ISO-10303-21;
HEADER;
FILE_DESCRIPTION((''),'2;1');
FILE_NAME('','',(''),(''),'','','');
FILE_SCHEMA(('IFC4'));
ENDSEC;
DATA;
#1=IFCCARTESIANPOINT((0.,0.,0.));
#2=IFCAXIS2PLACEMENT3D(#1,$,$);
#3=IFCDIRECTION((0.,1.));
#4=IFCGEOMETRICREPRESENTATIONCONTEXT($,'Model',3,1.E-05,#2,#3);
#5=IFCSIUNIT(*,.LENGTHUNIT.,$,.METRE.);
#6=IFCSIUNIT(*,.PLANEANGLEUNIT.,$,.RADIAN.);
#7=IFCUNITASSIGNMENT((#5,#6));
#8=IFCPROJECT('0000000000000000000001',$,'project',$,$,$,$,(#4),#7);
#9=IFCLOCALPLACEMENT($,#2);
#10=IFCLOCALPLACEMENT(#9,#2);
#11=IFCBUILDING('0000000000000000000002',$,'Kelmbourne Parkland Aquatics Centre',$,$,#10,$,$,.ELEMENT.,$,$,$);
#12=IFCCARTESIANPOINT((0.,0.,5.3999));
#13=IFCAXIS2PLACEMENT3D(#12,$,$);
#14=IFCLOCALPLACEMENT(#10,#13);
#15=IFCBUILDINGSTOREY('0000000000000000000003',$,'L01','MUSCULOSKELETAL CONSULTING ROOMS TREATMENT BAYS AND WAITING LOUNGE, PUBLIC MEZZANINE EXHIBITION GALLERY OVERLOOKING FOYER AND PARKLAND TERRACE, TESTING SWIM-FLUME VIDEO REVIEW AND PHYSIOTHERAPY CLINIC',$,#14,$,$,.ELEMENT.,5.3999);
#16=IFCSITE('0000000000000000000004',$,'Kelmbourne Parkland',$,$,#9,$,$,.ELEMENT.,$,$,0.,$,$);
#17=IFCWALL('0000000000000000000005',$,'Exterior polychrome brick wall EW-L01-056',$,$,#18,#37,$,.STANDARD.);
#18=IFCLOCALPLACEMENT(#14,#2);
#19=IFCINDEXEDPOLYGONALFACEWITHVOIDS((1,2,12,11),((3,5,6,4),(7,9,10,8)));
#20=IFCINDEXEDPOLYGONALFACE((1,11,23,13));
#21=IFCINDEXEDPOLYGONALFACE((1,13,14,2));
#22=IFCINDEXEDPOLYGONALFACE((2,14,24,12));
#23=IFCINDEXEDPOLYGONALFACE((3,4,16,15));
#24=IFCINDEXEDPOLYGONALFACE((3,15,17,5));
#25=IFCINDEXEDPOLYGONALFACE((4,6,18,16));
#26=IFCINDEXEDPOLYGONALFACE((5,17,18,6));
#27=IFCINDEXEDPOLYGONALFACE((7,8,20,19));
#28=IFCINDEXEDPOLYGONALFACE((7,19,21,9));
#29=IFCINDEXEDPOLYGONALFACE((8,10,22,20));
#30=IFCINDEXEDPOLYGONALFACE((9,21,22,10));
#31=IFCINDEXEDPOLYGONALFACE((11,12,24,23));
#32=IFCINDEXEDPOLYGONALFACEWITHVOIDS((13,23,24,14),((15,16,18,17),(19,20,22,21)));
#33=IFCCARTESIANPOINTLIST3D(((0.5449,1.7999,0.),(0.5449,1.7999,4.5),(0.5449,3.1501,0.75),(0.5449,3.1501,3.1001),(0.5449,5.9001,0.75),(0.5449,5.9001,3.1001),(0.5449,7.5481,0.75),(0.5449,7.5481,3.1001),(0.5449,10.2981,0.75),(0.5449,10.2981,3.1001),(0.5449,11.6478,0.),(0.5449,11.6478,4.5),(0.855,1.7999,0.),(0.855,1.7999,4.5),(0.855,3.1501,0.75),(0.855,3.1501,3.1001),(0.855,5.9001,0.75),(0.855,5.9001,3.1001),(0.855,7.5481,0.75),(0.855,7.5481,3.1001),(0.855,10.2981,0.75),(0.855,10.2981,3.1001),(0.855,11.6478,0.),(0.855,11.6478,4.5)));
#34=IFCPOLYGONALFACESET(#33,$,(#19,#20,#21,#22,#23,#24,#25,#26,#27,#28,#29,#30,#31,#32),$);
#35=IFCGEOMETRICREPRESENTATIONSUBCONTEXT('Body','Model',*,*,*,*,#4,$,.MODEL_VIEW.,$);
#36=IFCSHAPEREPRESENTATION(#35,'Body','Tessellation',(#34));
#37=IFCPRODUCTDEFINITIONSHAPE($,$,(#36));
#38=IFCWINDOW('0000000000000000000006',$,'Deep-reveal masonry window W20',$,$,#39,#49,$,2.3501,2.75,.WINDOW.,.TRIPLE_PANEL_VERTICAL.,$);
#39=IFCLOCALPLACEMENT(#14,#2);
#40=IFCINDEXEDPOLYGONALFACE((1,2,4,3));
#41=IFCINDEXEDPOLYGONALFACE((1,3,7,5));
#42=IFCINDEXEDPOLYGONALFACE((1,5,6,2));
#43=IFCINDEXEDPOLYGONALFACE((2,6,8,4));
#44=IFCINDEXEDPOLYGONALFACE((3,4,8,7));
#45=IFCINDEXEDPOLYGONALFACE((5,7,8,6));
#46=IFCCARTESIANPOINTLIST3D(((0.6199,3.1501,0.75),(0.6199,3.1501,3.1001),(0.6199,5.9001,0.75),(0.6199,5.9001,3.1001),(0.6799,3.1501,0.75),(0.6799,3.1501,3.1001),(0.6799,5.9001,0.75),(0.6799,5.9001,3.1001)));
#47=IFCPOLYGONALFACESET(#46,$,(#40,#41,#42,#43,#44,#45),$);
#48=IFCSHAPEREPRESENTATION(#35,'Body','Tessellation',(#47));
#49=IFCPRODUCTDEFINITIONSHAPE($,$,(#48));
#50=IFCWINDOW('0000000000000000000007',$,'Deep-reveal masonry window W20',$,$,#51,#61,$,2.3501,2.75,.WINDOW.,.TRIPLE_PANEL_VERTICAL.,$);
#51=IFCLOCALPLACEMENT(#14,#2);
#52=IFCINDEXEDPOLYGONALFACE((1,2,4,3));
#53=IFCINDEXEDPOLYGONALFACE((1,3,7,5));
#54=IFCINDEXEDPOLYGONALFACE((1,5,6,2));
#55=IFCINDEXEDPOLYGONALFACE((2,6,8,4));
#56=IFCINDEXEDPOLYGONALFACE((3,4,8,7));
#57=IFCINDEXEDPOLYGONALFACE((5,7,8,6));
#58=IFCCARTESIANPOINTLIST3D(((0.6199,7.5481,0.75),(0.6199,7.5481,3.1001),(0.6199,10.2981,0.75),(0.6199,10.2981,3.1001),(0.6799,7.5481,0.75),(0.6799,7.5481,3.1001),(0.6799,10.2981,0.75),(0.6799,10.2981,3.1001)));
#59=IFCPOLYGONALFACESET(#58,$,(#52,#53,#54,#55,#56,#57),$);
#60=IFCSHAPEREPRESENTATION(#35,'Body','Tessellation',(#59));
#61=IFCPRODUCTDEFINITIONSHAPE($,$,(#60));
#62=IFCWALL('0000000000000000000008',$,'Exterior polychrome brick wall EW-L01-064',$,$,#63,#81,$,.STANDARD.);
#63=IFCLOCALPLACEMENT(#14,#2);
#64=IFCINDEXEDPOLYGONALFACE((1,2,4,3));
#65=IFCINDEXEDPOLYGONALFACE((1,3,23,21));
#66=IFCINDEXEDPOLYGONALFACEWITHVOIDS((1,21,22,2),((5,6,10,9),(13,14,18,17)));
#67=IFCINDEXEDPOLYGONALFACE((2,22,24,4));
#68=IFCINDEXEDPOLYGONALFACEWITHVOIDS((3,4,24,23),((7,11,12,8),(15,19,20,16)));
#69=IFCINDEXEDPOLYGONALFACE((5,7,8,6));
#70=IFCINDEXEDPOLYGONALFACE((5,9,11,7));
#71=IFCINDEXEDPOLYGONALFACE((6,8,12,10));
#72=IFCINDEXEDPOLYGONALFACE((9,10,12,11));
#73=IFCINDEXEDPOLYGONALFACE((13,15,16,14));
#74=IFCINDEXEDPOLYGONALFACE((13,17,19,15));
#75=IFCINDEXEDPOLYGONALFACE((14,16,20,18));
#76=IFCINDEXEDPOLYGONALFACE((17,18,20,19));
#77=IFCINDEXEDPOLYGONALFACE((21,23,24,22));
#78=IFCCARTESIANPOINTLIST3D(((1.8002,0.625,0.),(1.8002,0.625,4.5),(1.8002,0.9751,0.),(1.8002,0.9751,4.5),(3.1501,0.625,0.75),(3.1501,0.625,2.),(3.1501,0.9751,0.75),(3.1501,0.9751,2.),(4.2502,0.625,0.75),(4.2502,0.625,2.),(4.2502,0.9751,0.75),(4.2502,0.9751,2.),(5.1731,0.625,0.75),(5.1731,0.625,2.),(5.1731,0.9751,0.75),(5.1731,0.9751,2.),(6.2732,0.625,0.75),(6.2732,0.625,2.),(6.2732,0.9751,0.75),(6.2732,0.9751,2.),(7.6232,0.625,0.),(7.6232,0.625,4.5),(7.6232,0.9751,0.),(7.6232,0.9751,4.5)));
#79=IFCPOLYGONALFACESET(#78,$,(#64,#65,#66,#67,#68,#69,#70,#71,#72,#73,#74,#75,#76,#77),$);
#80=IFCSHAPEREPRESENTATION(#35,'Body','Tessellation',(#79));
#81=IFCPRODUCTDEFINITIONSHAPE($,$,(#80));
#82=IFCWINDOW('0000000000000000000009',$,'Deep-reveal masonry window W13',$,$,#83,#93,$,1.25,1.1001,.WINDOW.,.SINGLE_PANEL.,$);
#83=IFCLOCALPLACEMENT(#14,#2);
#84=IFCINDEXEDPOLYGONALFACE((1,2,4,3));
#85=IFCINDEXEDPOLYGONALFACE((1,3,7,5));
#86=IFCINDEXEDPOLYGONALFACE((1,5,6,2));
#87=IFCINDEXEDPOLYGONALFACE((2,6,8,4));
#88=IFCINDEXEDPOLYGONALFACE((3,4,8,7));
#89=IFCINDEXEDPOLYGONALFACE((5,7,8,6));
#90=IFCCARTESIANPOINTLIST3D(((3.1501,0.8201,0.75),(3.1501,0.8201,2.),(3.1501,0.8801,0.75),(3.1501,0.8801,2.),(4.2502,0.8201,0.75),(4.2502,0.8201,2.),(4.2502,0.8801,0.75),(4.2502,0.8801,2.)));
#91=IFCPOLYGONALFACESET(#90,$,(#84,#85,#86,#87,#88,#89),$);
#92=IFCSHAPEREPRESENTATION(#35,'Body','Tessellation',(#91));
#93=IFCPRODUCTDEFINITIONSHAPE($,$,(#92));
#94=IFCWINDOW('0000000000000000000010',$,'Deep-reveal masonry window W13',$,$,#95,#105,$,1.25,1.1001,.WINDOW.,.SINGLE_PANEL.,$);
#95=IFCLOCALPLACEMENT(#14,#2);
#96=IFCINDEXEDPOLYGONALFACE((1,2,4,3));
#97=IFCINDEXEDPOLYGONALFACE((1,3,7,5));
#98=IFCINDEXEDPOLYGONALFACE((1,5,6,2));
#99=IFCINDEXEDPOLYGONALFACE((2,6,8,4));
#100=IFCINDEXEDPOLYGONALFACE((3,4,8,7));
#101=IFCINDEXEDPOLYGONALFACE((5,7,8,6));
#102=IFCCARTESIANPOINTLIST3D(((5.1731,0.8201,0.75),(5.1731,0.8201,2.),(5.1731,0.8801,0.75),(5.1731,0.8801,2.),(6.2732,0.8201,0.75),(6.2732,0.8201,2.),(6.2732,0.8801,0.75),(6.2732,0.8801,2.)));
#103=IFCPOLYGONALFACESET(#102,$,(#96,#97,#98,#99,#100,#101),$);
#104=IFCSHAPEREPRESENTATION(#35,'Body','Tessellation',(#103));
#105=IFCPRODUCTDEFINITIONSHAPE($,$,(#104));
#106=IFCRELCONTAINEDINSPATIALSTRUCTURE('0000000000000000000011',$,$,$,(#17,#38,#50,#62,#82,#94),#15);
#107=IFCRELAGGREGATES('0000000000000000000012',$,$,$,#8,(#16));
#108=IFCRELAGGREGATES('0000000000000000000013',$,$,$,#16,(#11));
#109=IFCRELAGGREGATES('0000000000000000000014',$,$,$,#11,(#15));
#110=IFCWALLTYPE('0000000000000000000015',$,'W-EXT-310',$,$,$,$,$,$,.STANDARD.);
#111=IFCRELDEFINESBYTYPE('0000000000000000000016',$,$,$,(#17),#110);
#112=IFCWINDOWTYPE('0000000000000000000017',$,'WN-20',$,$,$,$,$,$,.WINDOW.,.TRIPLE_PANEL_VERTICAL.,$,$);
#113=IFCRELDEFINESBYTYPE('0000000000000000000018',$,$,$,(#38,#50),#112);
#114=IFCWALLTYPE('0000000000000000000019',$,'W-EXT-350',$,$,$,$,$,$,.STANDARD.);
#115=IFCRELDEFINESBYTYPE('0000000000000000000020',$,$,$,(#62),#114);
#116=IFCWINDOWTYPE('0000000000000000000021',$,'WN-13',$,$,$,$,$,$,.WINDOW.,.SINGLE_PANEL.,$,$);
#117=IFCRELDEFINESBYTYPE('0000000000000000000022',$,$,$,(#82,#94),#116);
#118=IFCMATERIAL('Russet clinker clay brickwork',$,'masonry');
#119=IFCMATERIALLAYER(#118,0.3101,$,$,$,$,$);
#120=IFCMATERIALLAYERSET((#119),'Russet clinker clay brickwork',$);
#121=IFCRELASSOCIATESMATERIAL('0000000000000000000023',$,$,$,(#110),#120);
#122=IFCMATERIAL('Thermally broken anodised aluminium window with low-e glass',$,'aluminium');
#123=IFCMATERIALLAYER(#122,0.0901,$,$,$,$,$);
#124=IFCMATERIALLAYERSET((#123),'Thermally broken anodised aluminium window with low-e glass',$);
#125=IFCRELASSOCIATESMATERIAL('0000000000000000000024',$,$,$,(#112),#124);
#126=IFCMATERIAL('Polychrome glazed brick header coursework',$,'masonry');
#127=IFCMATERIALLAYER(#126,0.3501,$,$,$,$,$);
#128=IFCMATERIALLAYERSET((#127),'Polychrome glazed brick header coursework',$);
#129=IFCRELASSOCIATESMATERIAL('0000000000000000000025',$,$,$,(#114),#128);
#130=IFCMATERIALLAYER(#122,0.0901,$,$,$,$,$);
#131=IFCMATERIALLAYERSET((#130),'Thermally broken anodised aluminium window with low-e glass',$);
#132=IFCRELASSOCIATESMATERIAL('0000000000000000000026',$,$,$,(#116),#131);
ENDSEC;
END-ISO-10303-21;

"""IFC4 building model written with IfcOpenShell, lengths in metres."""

from ifc_helpers import new_model, si_unit, direction, frame, frame_2d, origin, place, context, subcontext, project, spatial, rectangle, extrude, material, layer, layer_set, type_object, element, fill, save


model = new_model("IFC4")

# Units and contexts
model_context = context("Model", 3, precision=1e-05, world=origin(), true_north=direction((0.0, 1.0)))
body_context = subcontext(model_context, "Body", "Model", "MODEL_VIEW")
ifc_project = project(units=[si_unit("LENGTHUNIT", "METRE"), si_unit("PLANEANGLEUNIT", "RADIAN")], contexts=[model_context])

# Site, building, storey
site_placement = place(None, origin())
site = spatial("IfcSite", under=ifc_project, at=site_placement, Name="Kelmbourne Parkland", CompositionType="ELEMENT", RefElevation=0.0)
building_placement = place(site_placement, origin())
building = spatial("IfcBuilding", under=site, at=building_placement, Name="Kelmbourne Parkland Aquatics Centre", CompositionType="ELEMENT")
storey_placement = place(building_placement, frame((0.0, 0.0, 5.3999)))
storey = spatial("IfcBuildingStorey", under=building, at=storey_placement, Name="L01", Description="MUSCULOSKELETAL CONSULTING ROOMS TREATMENT BAYS AND WAITING LOUNGE, PUBLIC MEZZANINE EXHIBITION GALLERY OVERLOOKING FOYER AND PARKLAND TERRACE, TESTING SWIM-FLUME VIDEO REVIEW AND PHYSIOTHERAPY CLINIC", CompositionType="ELEMENT", Elevation=5.3999)

# Walls, openings, windows
ifc_material_1 = material(Name="Russet clinker clay brickwork", Category="masonry")
ifc_layer_1 = layer(ifc_material_1, 0.3101)
ifc_layer_set_1 = layer_set([ifc_layer_1], Name="Russet clinker clay brickwork")
wall_type_1 = type_object("IfcWallType", Name="W-EXT-310", PredefinedType="STANDARD", material=ifc_layer_set_1)
wall_1_placement = place(storey_placement, frame((0.7, 1.8, 0.0), z_axis=(0.0, 0.0, 1.0), x_axis=(0.0, 1.0, 0.0)))
wall_1 = element("IfcWall", 1, at=wall_1_placement, inside=storey, type_object=wall_type_1, Name="Exterior polychrome brick wall EW-L01-056", PredefinedType="STANDARD", context=body_context, shape_type="SweptSolid", body=[
    extrude(rectangle(XDim=9.8479, YDim=0.3101, at=frame_2d((4.9238, 0.0))), origin(), (0.0, 0.0, 1.0), 4.5),
])
opening_1_placement = place(wall_1_placement, frame((1.3501, 0.0, 0.75)))
opening_1 = element("IfcOpeningElement", 2, at=opening_1_placement, cuts=wall_1, PredefinedType="OPENING", context=body_context, shape_type="SweptSolid", body=[
    extrude(rectangle(XDim=2.75, YDim=2.3501, at=frame_2d((1.375, 1.175))), frame((0.0, 0.167, 0.0), z_axis=(0.0, -1.0, 0.0), x_axis=(1.0, 0.0, 0.0)), (0.0, 0.0, 1.0), 0.334),
])
opening_2_placement = place(wall_1_placement, frame((5.748, 0.0, 0.75)))
opening_2 = element("IfcOpeningElement", 3, at=opening_2_placement, cuts=wall_1, PredefinedType="OPENING", context=body_context, shape_type="SweptSolid", body=[
    extrude(rectangle(XDim=2.75, YDim=2.3501, at=frame_2d((1.375, 1.175))), frame((0.0, 0.167, 0.0), z_axis=(0.0, -1.0, 0.0), x_axis=(1.0, 0.0, 0.0)), (0.0, 0.0, 1.0), 0.334),
])
ifc_material_2 = material(Name="Thermally broken anodised aluminium window with low-e glass", Category="aluminium")
ifc_layer_2 = layer(ifc_material_2, 0.0901)
ifc_layer_set_2 = layer_set([ifc_layer_2], Name="Thermally broken anodised aluminium window with low-e glass")
window_type_1 = type_object("IfcWindowType", Name="WN-20", PartitioningType="TRIPLE_PANEL_VERTICAL", PredefinedType="WINDOW", material=ifc_layer_set_2)
window_1_placement = place(opening_1_placement, origin())
window_1 = element("IfcWindow", 4, at=window_1_placement, inside=storey, type_object=window_type_1, Name="Deep-reveal masonry window W20", OverallHeight=2.3501, OverallWidth=2.75, PartitioningType="TRIPLE_PANEL_VERTICAL", PredefinedType="WINDOW", context=body_context, shape_type="SweptSolid", body=[
    extrude(rectangle(XDim=2.75, YDim=2.3501, at=frame_2d((1.375, 1.175))), frame((0.0, 0.0801, 0.0), z_axis=(0.0, -1.0, 0.0), x_axis=(1.0, 0.0, 0.0)), (0.0, 0.0, 1.0), 0.0601),
])
fill(opening_1, window_1)
window_2_placement = place(opening_2_placement, origin())
window_2 = element("IfcWindow", 5, at=window_2_placement, inside=storey, type_object=window_type_1, Name="Deep-reveal masonry window W20", OverallHeight=2.3501, OverallWidth=2.75, PartitioningType="TRIPLE_PANEL_VERTICAL", PredefinedType="WINDOW", context=body_context, shape_type="SweptSolid", body=[
    extrude(rectangle(XDim=2.75, YDim=2.3501, at=frame_2d((1.375, 1.175))), frame((0.0, 0.0801, 0.0), z_axis=(0.0, -1.0, 0.0), x_axis=(1.0, 0.0, 0.0)), (0.0, 0.0, 1.0), 0.0601),
])
fill(opening_2, window_2)
ifc_material_3 = material(Name="Polychrome glazed brick header coursework", Category="masonry")
ifc_layer_3 = layer(ifc_material_3, 0.3501)
ifc_layer_set_3 = layer_set([ifc_layer_3], Name="Polychrome glazed brick header coursework")
wall_type_2 = type_object("IfcWallType", Name="W-EXT-350", PredefinedType="STANDARD", material=ifc_layer_set_3)
wall_2_placement = place(storey_placement, frame((1.8, 0.8, 0.0), z_axis=(0.0, 0.0, 1.0), x_axis=(1.0, 0.0, 0.0)))
wall_2 = element("IfcWall", 6, at=wall_2_placement, inside=storey, type_object=wall_type_2, Name="Exterior polychrome brick wall EW-L01-064", PredefinedType="STANDARD", context=body_context, shape_type="SweptSolid", body=[
    extrude(rectangle(XDim=5.823, YDim=0.3501, at=frame_2d((2.9116, 0.0))), origin(), (0.0, 0.0, 1.0), 4.5),
])
opening_3_placement = place(wall_2_placement, frame((1.3501, 0.0, 0.75)))
opening_3 = element("IfcOpeningElement", 7, at=opening_3_placement, cuts=wall_2, PredefinedType="OPENING", context=body_context, shape_type="SweptSolid", body=[
    extrude(rectangle(XDim=1.1001, YDim=1.25, at=frame_2d((0.55, 0.625))), frame((0.0, 0.187, 0.0), z_axis=(0.0, -1.0, 0.0), x_axis=(1.0, 0.0, 0.0)), (0.0, 0.0, 1.0), 0.374),
])
opening_4_placement = place(wall_2_placement, frame((3.373, 0.0, 0.75)))
opening_4 = element("IfcOpeningElement", 8, at=opening_4_placement, cuts=wall_2, PredefinedType="OPENING", context=body_context, shape_type="SweptSolid", body=[
    extrude(rectangle(XDim=1.1001, YDim=1.25, at=frame_2d((0.55, 0.625))), frame((0.0, 0.187, 0.0), z_axis=(0.0, -1.0, 0.0), x_axis=(1.0, 0.0, 0.0)), (0.0, 0.0, 1.0), 0.374),
])
ifc_layer_4 = layer(ifc_material_2, 0.0901)
ifc_layer_set_4 = layer_set([ifc_layer_4], Name="Thermally broken anodised aluminium window with low-e glass")
window_type_2 = type_object("IfcWindowType", Name="WN-13", PartitioningType="SINGLE_PANEL", PredefinedType="WINDOW", material=ifc_layer_set_4)
window_3_placement = place(opening_3_placement, origin())
window_3 = element("IfcWindow", 9, at=window_3_placement, inside=storey, type_object=window_type_2, Name="Deep-reveal masonry window W13", OverallHeight=1.25, OverallWidth=1.1001, PartitioningType="SINGLE_PANEL", PredefinedType="WINDOW", context=body_context, shape_type="SweptSolid", body=[
    extrude(rectangle(XDim=1.1001, YDim=1.25, at=frame_2d((0.55, 0.625))), frame((0.0, 0.0801, 0.0), z_axis=(0.0, -1.0, 0.0), x_axis=(1.0, 0.0, 0.0)), (0.0, 0.0, 1.0), 0.0601),
])
fill(opening_3, window_3)
window_4_placement = place(opening_4_placement, origin())
window_4 = element("IfcWindow", 10, at=window_4_placement, inside=storey, type_object=window_type_2, Name="Deep-reveal masonry window W13", OverallHeight=1.25, OverallWidth=1.1001, PartitioningType="SINGLE_PANEL", PredefinedType="WINDOW", context=body_context, shape_type="SweptSolid", body=[
    extrude(rectangle(XDim=1.1001, YDim=1.25, at=frame_2d((0.55, 0.625))), frame((0.0, 0.0801, 0.0), z_axis=(0.0, -1.0, 0.0), x_axis=(1.0, 0.0, 0.0)), (0.0, 0.0, 1.0), 0.0601),
])
fill(opening_4, window_4)

save(model, "model.ifc")
